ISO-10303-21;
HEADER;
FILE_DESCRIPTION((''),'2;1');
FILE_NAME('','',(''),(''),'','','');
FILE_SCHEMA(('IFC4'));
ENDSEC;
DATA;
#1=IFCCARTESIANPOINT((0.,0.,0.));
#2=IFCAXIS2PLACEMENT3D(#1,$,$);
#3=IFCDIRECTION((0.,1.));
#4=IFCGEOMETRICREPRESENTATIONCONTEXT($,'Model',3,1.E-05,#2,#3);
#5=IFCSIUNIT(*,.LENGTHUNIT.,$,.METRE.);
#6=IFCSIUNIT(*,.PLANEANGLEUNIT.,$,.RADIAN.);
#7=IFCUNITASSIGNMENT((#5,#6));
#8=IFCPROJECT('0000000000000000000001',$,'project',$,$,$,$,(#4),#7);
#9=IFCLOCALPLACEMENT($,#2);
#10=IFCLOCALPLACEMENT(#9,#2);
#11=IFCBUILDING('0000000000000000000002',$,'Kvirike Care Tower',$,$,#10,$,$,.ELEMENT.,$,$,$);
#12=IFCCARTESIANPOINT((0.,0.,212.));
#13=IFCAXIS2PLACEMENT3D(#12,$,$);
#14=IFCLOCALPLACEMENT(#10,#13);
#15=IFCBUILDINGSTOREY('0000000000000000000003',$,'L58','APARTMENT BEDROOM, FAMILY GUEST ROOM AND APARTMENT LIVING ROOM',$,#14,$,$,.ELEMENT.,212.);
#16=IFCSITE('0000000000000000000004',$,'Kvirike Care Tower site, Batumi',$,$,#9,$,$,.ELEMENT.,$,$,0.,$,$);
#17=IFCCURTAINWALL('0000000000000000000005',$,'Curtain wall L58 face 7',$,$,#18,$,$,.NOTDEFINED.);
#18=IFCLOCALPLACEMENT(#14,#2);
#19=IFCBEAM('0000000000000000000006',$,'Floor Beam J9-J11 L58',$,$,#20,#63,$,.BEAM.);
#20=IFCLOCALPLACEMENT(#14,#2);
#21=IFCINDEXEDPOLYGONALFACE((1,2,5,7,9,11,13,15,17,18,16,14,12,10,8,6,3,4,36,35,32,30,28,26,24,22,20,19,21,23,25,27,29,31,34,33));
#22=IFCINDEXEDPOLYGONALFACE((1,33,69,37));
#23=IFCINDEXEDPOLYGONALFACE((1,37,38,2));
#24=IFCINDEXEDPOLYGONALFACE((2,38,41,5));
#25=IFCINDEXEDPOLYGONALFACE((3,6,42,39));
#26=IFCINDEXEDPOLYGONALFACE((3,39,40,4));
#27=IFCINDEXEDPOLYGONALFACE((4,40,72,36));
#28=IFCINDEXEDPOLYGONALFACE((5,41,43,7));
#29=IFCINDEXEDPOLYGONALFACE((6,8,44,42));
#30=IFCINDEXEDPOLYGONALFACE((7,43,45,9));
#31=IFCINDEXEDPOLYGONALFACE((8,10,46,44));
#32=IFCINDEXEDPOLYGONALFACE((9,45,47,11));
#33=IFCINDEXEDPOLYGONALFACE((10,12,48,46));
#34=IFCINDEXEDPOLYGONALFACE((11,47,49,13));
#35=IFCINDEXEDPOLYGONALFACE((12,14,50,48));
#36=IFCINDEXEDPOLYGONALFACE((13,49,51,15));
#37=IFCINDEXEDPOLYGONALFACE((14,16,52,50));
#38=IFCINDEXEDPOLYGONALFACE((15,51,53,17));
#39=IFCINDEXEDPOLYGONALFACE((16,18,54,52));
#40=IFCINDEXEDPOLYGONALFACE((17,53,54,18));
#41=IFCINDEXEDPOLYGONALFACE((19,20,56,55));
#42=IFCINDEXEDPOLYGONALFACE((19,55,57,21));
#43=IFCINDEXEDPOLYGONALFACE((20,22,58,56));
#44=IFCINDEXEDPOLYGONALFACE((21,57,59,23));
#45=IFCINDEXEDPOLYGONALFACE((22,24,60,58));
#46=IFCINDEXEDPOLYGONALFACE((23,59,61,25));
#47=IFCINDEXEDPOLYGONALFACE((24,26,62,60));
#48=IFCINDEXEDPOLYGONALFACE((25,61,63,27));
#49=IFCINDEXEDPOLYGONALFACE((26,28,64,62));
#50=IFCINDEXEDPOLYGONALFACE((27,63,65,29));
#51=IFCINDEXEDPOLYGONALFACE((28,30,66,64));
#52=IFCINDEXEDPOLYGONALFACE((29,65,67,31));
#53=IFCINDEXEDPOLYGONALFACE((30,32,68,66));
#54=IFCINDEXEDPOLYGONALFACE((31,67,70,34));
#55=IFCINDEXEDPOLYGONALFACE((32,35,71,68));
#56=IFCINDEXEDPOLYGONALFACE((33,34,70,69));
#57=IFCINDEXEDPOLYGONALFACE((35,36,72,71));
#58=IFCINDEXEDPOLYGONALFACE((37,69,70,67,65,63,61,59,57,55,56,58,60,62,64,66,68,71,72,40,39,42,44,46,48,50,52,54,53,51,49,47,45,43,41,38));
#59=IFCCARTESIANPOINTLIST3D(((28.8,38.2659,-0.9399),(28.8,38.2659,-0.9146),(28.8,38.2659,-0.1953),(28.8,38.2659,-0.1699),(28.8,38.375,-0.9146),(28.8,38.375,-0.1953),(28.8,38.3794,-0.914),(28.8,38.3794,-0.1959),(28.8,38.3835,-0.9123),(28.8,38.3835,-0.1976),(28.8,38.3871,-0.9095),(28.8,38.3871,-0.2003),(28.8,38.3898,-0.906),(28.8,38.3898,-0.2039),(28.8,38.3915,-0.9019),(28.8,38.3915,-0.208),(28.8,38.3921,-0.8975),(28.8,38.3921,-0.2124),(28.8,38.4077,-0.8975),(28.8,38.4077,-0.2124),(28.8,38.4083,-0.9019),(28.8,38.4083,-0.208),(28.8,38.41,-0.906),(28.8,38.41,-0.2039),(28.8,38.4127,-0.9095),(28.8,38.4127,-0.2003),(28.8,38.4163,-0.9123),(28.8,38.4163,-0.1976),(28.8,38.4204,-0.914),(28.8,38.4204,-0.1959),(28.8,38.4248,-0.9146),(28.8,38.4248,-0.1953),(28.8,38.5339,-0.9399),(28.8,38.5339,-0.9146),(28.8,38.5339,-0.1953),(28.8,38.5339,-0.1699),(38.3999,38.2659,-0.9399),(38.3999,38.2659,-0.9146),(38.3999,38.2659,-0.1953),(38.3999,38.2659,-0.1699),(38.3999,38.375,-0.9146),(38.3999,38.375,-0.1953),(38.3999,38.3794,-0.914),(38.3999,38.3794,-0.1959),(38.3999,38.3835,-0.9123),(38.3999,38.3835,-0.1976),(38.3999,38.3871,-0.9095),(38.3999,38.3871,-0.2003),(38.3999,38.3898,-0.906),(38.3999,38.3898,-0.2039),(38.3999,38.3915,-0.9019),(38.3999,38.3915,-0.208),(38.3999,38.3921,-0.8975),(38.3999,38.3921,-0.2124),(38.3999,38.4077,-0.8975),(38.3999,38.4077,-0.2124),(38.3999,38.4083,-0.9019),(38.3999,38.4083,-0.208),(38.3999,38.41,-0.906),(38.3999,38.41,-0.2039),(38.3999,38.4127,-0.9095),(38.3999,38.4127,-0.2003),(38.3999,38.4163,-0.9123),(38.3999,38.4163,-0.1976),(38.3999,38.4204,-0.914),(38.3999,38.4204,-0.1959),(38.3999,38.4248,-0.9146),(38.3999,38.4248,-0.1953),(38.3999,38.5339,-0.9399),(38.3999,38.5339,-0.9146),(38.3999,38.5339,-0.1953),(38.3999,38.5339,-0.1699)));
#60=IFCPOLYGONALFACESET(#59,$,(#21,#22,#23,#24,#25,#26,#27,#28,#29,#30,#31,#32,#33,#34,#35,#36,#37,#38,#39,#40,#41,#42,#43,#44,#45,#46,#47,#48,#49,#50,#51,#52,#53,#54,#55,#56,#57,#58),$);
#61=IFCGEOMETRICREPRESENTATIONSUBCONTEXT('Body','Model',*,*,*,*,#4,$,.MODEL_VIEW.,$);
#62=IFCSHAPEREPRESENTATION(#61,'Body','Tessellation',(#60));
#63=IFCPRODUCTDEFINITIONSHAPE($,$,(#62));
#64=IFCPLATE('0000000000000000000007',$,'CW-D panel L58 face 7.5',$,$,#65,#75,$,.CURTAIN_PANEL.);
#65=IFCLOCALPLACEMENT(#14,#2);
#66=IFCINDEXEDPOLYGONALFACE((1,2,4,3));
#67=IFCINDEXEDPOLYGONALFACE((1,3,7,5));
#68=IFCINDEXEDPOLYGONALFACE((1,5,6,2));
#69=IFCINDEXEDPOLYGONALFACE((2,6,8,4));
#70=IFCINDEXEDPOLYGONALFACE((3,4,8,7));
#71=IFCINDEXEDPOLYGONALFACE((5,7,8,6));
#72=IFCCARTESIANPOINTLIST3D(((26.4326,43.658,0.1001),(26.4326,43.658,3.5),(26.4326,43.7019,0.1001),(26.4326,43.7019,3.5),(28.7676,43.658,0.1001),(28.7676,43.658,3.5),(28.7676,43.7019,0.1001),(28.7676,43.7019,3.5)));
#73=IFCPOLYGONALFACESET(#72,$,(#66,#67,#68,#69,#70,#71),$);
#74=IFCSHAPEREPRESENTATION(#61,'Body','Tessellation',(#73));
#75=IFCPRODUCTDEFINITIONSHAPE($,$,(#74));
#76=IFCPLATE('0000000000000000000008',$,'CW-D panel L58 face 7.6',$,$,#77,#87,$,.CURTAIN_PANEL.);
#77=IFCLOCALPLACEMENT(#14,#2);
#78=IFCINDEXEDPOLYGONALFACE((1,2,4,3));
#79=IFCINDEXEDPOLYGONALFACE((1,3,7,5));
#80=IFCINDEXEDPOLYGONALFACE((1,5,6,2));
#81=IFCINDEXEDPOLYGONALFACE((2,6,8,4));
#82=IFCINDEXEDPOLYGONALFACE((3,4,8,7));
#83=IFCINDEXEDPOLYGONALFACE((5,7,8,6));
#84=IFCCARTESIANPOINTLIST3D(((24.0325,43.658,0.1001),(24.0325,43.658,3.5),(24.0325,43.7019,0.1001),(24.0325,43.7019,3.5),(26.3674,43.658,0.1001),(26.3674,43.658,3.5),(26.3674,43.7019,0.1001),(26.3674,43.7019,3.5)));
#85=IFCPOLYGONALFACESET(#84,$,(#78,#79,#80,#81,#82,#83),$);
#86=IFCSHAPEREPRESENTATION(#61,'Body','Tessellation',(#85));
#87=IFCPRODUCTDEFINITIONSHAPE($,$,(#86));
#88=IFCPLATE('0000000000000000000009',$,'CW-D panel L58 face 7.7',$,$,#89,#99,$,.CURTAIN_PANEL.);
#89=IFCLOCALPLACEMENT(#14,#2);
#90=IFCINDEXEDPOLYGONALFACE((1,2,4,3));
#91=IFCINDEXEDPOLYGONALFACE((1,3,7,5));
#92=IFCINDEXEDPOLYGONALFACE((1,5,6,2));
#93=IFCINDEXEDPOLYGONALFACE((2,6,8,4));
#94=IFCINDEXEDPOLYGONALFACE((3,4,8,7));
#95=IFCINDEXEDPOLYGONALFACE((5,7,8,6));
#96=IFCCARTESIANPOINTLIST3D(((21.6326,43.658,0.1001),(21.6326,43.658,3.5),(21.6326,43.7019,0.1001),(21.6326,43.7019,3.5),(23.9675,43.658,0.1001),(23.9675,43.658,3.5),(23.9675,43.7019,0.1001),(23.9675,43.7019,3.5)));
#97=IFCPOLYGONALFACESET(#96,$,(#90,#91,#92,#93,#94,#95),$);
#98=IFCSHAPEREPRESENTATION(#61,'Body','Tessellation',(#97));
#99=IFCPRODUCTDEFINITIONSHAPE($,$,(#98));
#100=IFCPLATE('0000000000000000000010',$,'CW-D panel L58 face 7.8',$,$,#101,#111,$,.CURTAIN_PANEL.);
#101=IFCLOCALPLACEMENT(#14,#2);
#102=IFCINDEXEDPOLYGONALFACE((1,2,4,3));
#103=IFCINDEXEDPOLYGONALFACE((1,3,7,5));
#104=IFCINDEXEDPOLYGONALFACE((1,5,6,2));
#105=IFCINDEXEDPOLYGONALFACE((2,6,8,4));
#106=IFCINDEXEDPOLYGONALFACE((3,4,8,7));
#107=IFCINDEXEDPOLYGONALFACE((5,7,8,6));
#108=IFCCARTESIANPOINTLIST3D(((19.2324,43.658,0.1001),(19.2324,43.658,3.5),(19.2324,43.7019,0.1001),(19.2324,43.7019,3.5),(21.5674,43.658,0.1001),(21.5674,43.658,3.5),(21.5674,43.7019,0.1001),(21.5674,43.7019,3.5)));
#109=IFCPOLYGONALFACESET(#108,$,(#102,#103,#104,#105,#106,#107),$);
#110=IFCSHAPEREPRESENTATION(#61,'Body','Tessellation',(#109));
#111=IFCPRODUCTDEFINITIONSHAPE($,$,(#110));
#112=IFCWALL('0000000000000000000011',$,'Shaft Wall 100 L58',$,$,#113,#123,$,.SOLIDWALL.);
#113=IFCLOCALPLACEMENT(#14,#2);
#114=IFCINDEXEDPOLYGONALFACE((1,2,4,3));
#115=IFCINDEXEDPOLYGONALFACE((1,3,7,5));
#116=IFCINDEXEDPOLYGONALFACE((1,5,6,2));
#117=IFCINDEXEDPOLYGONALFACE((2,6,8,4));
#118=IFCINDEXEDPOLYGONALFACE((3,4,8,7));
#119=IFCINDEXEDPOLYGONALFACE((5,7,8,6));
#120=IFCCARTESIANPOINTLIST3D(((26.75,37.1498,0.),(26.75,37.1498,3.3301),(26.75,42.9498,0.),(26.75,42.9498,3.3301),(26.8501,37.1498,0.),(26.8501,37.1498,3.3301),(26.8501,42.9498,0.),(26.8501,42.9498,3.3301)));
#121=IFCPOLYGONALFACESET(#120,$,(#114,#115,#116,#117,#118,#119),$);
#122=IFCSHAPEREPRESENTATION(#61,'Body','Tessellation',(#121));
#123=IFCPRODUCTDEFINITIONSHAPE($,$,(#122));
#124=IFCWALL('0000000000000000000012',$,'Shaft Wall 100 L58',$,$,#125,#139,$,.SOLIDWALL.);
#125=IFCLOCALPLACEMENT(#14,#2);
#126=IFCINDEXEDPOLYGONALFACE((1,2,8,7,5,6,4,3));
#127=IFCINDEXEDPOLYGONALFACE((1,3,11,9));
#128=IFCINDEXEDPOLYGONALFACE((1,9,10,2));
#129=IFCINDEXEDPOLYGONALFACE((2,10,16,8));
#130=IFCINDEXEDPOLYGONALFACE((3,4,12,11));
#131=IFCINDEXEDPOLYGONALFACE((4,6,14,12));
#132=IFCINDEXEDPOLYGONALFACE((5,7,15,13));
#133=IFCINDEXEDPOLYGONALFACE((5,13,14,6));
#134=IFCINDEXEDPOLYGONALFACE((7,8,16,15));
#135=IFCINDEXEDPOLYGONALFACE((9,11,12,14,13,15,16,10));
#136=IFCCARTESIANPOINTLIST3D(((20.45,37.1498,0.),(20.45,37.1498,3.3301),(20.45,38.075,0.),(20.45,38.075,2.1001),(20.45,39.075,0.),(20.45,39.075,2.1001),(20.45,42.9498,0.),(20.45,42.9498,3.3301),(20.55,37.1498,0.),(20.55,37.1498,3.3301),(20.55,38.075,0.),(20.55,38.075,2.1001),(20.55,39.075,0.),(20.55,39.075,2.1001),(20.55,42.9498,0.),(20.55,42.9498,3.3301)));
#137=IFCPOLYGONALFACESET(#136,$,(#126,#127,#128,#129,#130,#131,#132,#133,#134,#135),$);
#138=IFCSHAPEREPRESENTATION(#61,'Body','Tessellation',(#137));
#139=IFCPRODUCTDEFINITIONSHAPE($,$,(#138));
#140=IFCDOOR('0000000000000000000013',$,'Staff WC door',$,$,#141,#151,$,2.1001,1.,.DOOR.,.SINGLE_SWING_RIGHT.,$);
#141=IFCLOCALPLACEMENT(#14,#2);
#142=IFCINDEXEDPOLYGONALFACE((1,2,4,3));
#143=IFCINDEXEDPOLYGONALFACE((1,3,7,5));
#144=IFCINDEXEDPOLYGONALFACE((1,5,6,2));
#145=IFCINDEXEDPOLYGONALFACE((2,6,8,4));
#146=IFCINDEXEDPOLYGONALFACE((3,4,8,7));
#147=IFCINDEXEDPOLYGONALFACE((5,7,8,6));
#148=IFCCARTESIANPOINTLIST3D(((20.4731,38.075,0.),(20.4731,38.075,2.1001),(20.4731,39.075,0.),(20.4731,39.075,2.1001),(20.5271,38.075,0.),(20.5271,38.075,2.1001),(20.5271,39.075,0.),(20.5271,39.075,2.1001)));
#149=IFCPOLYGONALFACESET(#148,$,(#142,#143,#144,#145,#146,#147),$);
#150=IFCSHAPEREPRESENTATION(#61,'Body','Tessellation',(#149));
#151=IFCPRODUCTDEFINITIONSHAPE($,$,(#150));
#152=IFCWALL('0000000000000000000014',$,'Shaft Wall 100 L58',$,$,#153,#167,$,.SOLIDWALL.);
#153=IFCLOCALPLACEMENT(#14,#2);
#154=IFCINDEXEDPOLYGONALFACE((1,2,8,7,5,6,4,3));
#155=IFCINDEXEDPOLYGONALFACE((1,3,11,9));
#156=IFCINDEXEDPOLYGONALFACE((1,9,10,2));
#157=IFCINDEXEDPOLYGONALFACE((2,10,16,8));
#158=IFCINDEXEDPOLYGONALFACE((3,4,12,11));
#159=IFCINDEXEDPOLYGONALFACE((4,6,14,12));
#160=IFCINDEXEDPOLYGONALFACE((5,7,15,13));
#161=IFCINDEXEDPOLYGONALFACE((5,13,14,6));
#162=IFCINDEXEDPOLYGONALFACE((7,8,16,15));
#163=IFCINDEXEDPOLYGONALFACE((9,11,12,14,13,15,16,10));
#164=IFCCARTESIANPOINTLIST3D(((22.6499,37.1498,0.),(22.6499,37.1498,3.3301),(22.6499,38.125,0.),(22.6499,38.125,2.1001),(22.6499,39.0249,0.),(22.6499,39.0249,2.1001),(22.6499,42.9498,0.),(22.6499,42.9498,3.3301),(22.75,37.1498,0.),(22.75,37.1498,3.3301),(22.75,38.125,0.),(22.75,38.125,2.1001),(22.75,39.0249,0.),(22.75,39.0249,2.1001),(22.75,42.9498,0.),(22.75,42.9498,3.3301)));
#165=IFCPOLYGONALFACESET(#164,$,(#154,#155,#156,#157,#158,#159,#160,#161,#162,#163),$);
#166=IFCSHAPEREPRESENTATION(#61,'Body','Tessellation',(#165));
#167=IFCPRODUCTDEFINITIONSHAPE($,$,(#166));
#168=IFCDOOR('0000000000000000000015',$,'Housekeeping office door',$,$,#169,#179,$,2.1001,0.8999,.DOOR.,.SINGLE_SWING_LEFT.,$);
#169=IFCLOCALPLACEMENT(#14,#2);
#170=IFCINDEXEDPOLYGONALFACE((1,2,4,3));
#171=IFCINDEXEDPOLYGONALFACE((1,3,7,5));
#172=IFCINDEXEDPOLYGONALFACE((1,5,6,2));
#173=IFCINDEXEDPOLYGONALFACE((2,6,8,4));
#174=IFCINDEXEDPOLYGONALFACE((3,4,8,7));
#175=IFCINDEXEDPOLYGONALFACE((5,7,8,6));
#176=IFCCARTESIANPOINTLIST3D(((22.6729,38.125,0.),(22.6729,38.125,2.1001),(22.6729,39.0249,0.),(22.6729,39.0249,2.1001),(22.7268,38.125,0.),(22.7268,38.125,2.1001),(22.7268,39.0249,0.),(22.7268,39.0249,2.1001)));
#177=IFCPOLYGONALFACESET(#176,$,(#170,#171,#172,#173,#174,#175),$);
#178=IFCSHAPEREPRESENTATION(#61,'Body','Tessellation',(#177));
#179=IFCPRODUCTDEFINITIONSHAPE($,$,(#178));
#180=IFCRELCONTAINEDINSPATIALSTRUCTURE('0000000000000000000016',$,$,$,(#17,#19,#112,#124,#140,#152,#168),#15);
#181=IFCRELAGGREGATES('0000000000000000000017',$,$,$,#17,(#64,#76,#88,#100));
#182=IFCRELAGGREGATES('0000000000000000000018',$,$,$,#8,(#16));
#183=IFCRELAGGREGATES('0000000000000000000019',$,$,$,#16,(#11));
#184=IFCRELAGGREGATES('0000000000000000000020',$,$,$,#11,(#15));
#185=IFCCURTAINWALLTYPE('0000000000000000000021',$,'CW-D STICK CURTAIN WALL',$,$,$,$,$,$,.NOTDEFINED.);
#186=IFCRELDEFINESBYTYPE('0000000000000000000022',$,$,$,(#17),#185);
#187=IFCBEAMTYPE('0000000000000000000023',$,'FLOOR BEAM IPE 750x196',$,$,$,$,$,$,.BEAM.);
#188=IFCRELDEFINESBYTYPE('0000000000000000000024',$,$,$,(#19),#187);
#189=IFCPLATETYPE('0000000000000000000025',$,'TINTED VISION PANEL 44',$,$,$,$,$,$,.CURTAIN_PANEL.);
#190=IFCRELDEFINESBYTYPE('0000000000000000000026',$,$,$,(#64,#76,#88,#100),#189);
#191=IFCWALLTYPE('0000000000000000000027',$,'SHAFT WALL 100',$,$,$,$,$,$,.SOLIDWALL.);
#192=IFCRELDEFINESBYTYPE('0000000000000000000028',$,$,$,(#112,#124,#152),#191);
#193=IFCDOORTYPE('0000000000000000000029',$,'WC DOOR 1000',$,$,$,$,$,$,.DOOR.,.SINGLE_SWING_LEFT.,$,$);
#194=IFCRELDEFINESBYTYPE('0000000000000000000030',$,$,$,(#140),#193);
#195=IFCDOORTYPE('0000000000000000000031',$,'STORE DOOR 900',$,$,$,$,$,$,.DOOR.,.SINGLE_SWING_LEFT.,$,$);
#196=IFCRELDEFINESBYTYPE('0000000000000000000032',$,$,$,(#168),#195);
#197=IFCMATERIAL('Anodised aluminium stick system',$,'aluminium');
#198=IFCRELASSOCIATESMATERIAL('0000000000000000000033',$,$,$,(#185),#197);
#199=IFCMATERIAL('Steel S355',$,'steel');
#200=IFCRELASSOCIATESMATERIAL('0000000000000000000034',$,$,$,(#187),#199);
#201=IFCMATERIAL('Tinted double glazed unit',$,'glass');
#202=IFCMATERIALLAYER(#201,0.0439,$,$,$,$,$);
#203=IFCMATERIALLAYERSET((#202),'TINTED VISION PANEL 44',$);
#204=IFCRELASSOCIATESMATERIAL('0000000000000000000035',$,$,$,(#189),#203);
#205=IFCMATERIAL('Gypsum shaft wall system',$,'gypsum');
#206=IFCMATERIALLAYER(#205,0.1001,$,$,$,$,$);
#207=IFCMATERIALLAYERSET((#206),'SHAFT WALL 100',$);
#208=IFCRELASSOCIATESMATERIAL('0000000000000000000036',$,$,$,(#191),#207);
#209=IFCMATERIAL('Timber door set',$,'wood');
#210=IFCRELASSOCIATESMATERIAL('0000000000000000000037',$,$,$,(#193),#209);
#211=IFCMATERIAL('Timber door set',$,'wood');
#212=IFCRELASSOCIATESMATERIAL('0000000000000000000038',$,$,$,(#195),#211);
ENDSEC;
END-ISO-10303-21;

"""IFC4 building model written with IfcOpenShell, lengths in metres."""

from ifc_helpers import new_model, si_unit, direction, frame, frame_2d, origin, origin_2d, place, context, subcontext, project, spatial, rectangle, i_section, extrude, material, layer, layer_set, material_profile, profile_set, type_object, element, fill, aggregate, save


model = new_model("IFC4")

# Units and contexts
model_context = context("Model", 3, precision=1e-05, world=origin(), true_north=direction((0.0, 1.0)))
body_context = subcontext(model_context, "Body", "Model", "MODEL_VIEW")
ifc_project = project(units=[si_unit("LENGTHUNIT", "METRE"), si_unit("PLANEANGLEUNIT", "RADIAN")], contexts=[model_context])

# Site, building, storey
site_placement = place(None, origin())
site = spatial("IfcSite", under=ifc_project, at=site_placement, Name="Kvirike Care Tower site, Batumi", CompositionType="ELEMENT", RefElevation=0.0)
building_placement = place(site_placement, origin())
building = spatial("IfcBuilding", under=site, at=building_placement, Name="Kvirike Care Tower", CompositionType="ELEMENT")
storey_placement = place(building_placement, frame((0.0, 0.0, 212.0)))
storey = spatial("IfcBuildingStorey", under=building, at=storey_placement, Name="L58", Description="APARTMENT BEDROOM, FAMILY GUEST ROOM AND APARTMENT LIVING ROOM", CompositionType="ELEMENT", Elevation=212.0)

# Curtain wall
ifc_material_1 = material(Name="Anodised aluminium stick system", Category="aluminium")
curtain_wall_type = type_object("IfcCurtainWallType", Name="CW-D STICK CURTAIN WALL", PredefinedType="NOTDEFINED", material=ifc_material_1)
curtain_wall_placement = place(storey_placement, origin())
curtain_wall = element("IfcCurtainWall", 1, at=curtain_wall_placement, inside=storey, type_object=curtain_wall_type, Name="Curtain wall L58 face 7", PredefinedType="NOTDEFINED")

# Beam
ifc_material_2 = material(Name="Steel S355", Category="steel")
ifc_material_profile_1 = material_profile(ifc_material_2, i_section(OverallWidth=0.2681, OverallDepth=0.77, WebThickness=0.0156, FlangeThickness=0.0254, FilletRadius=0.0171, at=origin_2d()), Name="IPE 750x196")
ifc_profile_set_1 = profile_set([ifc_material_profile_1], Name="Steel S355")
beam_type = type_object("IfcBeamType", Name="FLOOR BEAM IPE 750x196", PredefinedType="BEAM", material=ifc_profile_set_1)
for number, where, z_axis, x_axis, name in (
    (2, (28.8, 38.3999, -0.5549), (1.0, 0.0, 0.0), (0.0, 1.0, 0.0), "Floor Beam J9-J11 L58"),
):
    element("IfcBeam", number, at=place(storey_placement, frame(where, z_axis=z_axis, x_axis=x_axis)), inside=storey, type_object=beam_type, Name=name, PredefinedType="BEAM", context=body_context, shape_type="SweptSolid", body=[
        extrude(i_section(OverallWidth=0.2681, OverallDepth=0.77, WebThickness=0.0156, FlangeThickness=0.0254, FilletRadius=0.0171, at=origin_2d()), origin(), (0.0, 0.0, 1.0), 9.5999),
    ])

# Plates
ifc_material_3 = material(Name="Tinted double glazed unit", Category="glass")
ifc_layer_1 = layer(ifc_material_3, 0.0439)
ifc_layer_set_1 = layer_set([ifc_layer_1], Name="TINTED VISION PANEL 44")
plate_type = type_object("IfcPlateType", Name="TINTED VISION PANEL 44", PredefinedType="CURTAIN_PANEL", material=ifc_layer_set_1)
plate_1_placement = place(storey_placement, frame((27.6001, 43.6799, 0.1001), z_axis=(0.0, 0.0, 1.0), x_axis=(-1.0, 0.0, 0.0)))
plate_1 = element("IfcPlate", 3, at=plate_1_placement, type_object=plate_type, Name="CW-D panel L58 face 7.5", PredefinedType="CURTAIN_PANEL", context=body_context, shape_type="SweptSolid", body=[
    extrude(rectangle(XDim=2.335, YDim=0.0439, at=origin_2d()), origin(), (0.0, 0.0, 1.0), 3.3999),
])
plate_2_placement = place(storey_placement, frame((25.2, 43.6799, 0.1001), z_axis=(0.0, 0.0, 1.0), x_axis=(-1.0, 0.0, 0.0)))
plate_2 = element("IfcPlate", 4, at=plate_2_placement, type_object=plate_type, Name="CW-D panel L58 face 7.6", PredefinedType="CURTAIN_PANEL", context=body_context, shape_type="SweptSolid", body=[
    extrude(rectangle(XDim=2.335, YDim=0.0439, at=origin_2d()), origin(), (0.0, 0.0, 1.0), 3.3999),
])
plate_3_placement = place(storey_placement, frame((22.8, 43.6799, 0.1001), z_axis=(0.0, 0.0, 1.0), x_axis=(-1.0, 0.0, 0.0)))
plate_3 = element("IfcPlate", 5, at=plate_3_placement, type_object=plate_type, Name="CW-D panel L58 face 7.7", PredefinedType="CURTAIN_PANEL", context=body_context, shape_type="SweptSolid", body=[
    extrude(rectangle(XDim=2.335, YDim=0.0439, at=origin_2d()), origin(), (0.0, 0.0, 1.0), 3.3999),
])
plate_4_placement = place(storey_placement, frame((20.3999, 43.6799, 0.1001), z_axis=(0.0, 0.0, 1.0), x_axis=(-1.0, 0.0, 0.0)))
plate_4 = element("IfcPlate", 6, at=plate_4_placement, type_object=plate_type, Name="CW-D panel L58 face 7.8", PredefinedType="CURTAIN_PANEL", context=body_context, shape_type="SweptSolid", body=[
    extrude(rectangle(XDim=2.335, YDim=0.0439, at=origin_2d()), origin(), (0.0, 0.0, 1.0), 3.3999),
])
aggregate(curtain_wall, [plate_1, plate_2, plate_3, plate_4])

# Wall
ifc_material_4 = material(Name="Gypsum shaft wall system", Category="gypsum")
ifc_layer_2 = layer(ifc_material_4, 0.1001)
ifc_layer_set_2 = layer_set([ifc_layer_2], Name="SHAFT WALL 100")
wall_type = type_object("IfcWallType", Name="SHAFT WALL 100", PredefinedType="SOLIDWALL", material=ifc_layer_set_2)
wall_1_placement = place(storey_placement, frame((26.8, 37.1499, 0.0), z_axis=(0.0, 0.0, 1.0), x_axis=(0.0, 1.0, 0.0)))
element("IfcWall", 7, at=wall_1_placement, inside=storey, type_object=wall_type, Name="Shaft Wall 100 L58", PredefinedType="SOLIDWALL", context=body_context, shape_type="SweptSolid", body=[
    extrude(rectangle(XDim=5.8, YDim=0.1001, at=frame_2d((2.8999, 0.0))), origin(), (0.0, 0.0, 1.0), 3.3301),
])

# Walls, openings, doors
wall_2_placement = place(storey_placement, frame((20.5, 37.1499, 0.0), z_axis=(0.0, 0.0, 1.0), x_axis=(0.0, 1.0, 0.0)))
wall_2 = element("IfcWall", 8, at=wall_2_placement, inside=storey, type_object=wall_type, Name="Shaft Wall 100 L58", PredefinedType="SOLIDWALL", context=body_context, shape_type="SweptSolid", body=[
    extrude(rectangle(XDim=5.8, YDim=0.1001, at=frame_2d((2.8999, 0.0))), origin(), (0.0, 0.0, 1.0), 3.3301),
])
opening_1_placement = place(wall_2_placement, frame((0.925, 0.0, 0.0)))
opening_1 = element("IfcOpeningElement", 9, at=opening_1_placement, cuts=wall_2, PredefinedType="OPENING", context=body_context, shape_type="SweptSolid", body=[
    extrude(rectangle(XDim=1.0, YDim=2.1001, at=frame_2d((0.5, 1.05))), frame((0.0, 0.0605, 0.0), z_axis=(0.0, -1.0, 0.0), x_axis=(1.0, 0.0, 0.0)), (0.0, 0.0, 1.0), 0.1211),
])
ifc_material_5 = material(Name="Timber door set", Category="wood")
door_type_1 = type_object("IfcDoorType", Name="WC DOOR 1000", OperationType="SINGLE_SWING_LEFT", PredefinedType="DOOR", material=ifc_material_5)
door_1_placement = place(opening_1_placement, origin())
door_1 = element("IfcDoor", 10, at=door_1_placement, inside=storey, type_object=door_type_1, Name="Staff WC door", OperationType="SINGLE_SWING_RIGHT", OverallHeight=2.1001, OverallWidth=1.0, PredefinedType="DOOR", context=body_context, shape_type="SweptSolid", body=[
    extrude(rectangle(XDim=1.0, YDim=2.1001, at=frame_2d((0.5, 1.05))), frame((0.0, 0.0269, 0.0), z_axis=(0.0, -1.0, 0.0), x_axis=(1.0, 0.0, 0.0)), (0.0, 0.0, 1.0), 0.054),
])
fill(opening_1, door_1)
wall_3_placement = place(storey_placement, frame((22.7, 37.1499, 0.0), z_axis=(0.0, 0.0, 1.0), x_axis=(0.0, 1.0, 0.0)))
wall_3 = element("IfcWall", 11, at=wall_3_placement, inside=storey, type_object=wall_type, Name="Shaft Wall 100 L58", PredefinedType="SOLIDWALL", context=body_context, shape_type="SweptSolid", body=[
    extrude(rectangle(XDim=5.8, YDim=0.1001, at=frame_2d((2.8999, 0.0))), origin(), (0.0, 0.0, 1.0), 3.3301),
])
opening_2_placement = place(wall_3_placement, frame((0.9751, 0.0, 0.0)))
opening_2 = element("IfcOpeningElement", 12, at=opening_2_placement, cuts=wall_3, PredefinedType="OPENING", context=body_context, shape_type="SweptSolid", body=[
    extrude(rectangle(XDim=0.8999, YDim=2.1001, at=frame_2d((0.45, 1.05))), frame((0.0, 0.0605, 0.0), z_axis=(0.0, -1.0, 0.0), x_axis=(1.0, 0.0, 0.0)), (0.0, 0.0, 1.0), 0.1211),
])
ifc_material_6 = material(Name="Timber door set", Category="wood")
door_type_2 = type_object("IfcDoorType", Name="STORE DOOR 900", OperationType="SINGLE_SWING_LEFT", PredefinedType="DOOR", material=ifc_material_6)
door_2_placement = place(opening_2_placement, frame((0.8999, 0.0, 0.0), z_axis=(0.0, 0.0, 1.0), x_axis=(-1.0, 0.0, 0.0)))
door_2 = element("IfcDoor", 13, at=door_2_placement, inside=storey, type_object=door_type_2, Name="Housekeeping office door", OperationType="SINGLE_SWING_LEFT", OverallHeight=2.1001, OverallWidth=0.8999, PredefinedType="DOOR", context=body_context, shape_type="SweptSolid", body=[
    extrude(rectangle(XDim=0.8999, YDim=2.1001, at=frame_2d((0.45, 1.05))), frame((0.0, 0.0269, 0.0), z_axis=(0.0, -1.0, 0.0), x_axis=(1.0, 0.0, 0.0)), (0.0, 0.0, 1.0), 0.054),
])
fill(opening_2, door_2)

save(model, "model.ifc")
